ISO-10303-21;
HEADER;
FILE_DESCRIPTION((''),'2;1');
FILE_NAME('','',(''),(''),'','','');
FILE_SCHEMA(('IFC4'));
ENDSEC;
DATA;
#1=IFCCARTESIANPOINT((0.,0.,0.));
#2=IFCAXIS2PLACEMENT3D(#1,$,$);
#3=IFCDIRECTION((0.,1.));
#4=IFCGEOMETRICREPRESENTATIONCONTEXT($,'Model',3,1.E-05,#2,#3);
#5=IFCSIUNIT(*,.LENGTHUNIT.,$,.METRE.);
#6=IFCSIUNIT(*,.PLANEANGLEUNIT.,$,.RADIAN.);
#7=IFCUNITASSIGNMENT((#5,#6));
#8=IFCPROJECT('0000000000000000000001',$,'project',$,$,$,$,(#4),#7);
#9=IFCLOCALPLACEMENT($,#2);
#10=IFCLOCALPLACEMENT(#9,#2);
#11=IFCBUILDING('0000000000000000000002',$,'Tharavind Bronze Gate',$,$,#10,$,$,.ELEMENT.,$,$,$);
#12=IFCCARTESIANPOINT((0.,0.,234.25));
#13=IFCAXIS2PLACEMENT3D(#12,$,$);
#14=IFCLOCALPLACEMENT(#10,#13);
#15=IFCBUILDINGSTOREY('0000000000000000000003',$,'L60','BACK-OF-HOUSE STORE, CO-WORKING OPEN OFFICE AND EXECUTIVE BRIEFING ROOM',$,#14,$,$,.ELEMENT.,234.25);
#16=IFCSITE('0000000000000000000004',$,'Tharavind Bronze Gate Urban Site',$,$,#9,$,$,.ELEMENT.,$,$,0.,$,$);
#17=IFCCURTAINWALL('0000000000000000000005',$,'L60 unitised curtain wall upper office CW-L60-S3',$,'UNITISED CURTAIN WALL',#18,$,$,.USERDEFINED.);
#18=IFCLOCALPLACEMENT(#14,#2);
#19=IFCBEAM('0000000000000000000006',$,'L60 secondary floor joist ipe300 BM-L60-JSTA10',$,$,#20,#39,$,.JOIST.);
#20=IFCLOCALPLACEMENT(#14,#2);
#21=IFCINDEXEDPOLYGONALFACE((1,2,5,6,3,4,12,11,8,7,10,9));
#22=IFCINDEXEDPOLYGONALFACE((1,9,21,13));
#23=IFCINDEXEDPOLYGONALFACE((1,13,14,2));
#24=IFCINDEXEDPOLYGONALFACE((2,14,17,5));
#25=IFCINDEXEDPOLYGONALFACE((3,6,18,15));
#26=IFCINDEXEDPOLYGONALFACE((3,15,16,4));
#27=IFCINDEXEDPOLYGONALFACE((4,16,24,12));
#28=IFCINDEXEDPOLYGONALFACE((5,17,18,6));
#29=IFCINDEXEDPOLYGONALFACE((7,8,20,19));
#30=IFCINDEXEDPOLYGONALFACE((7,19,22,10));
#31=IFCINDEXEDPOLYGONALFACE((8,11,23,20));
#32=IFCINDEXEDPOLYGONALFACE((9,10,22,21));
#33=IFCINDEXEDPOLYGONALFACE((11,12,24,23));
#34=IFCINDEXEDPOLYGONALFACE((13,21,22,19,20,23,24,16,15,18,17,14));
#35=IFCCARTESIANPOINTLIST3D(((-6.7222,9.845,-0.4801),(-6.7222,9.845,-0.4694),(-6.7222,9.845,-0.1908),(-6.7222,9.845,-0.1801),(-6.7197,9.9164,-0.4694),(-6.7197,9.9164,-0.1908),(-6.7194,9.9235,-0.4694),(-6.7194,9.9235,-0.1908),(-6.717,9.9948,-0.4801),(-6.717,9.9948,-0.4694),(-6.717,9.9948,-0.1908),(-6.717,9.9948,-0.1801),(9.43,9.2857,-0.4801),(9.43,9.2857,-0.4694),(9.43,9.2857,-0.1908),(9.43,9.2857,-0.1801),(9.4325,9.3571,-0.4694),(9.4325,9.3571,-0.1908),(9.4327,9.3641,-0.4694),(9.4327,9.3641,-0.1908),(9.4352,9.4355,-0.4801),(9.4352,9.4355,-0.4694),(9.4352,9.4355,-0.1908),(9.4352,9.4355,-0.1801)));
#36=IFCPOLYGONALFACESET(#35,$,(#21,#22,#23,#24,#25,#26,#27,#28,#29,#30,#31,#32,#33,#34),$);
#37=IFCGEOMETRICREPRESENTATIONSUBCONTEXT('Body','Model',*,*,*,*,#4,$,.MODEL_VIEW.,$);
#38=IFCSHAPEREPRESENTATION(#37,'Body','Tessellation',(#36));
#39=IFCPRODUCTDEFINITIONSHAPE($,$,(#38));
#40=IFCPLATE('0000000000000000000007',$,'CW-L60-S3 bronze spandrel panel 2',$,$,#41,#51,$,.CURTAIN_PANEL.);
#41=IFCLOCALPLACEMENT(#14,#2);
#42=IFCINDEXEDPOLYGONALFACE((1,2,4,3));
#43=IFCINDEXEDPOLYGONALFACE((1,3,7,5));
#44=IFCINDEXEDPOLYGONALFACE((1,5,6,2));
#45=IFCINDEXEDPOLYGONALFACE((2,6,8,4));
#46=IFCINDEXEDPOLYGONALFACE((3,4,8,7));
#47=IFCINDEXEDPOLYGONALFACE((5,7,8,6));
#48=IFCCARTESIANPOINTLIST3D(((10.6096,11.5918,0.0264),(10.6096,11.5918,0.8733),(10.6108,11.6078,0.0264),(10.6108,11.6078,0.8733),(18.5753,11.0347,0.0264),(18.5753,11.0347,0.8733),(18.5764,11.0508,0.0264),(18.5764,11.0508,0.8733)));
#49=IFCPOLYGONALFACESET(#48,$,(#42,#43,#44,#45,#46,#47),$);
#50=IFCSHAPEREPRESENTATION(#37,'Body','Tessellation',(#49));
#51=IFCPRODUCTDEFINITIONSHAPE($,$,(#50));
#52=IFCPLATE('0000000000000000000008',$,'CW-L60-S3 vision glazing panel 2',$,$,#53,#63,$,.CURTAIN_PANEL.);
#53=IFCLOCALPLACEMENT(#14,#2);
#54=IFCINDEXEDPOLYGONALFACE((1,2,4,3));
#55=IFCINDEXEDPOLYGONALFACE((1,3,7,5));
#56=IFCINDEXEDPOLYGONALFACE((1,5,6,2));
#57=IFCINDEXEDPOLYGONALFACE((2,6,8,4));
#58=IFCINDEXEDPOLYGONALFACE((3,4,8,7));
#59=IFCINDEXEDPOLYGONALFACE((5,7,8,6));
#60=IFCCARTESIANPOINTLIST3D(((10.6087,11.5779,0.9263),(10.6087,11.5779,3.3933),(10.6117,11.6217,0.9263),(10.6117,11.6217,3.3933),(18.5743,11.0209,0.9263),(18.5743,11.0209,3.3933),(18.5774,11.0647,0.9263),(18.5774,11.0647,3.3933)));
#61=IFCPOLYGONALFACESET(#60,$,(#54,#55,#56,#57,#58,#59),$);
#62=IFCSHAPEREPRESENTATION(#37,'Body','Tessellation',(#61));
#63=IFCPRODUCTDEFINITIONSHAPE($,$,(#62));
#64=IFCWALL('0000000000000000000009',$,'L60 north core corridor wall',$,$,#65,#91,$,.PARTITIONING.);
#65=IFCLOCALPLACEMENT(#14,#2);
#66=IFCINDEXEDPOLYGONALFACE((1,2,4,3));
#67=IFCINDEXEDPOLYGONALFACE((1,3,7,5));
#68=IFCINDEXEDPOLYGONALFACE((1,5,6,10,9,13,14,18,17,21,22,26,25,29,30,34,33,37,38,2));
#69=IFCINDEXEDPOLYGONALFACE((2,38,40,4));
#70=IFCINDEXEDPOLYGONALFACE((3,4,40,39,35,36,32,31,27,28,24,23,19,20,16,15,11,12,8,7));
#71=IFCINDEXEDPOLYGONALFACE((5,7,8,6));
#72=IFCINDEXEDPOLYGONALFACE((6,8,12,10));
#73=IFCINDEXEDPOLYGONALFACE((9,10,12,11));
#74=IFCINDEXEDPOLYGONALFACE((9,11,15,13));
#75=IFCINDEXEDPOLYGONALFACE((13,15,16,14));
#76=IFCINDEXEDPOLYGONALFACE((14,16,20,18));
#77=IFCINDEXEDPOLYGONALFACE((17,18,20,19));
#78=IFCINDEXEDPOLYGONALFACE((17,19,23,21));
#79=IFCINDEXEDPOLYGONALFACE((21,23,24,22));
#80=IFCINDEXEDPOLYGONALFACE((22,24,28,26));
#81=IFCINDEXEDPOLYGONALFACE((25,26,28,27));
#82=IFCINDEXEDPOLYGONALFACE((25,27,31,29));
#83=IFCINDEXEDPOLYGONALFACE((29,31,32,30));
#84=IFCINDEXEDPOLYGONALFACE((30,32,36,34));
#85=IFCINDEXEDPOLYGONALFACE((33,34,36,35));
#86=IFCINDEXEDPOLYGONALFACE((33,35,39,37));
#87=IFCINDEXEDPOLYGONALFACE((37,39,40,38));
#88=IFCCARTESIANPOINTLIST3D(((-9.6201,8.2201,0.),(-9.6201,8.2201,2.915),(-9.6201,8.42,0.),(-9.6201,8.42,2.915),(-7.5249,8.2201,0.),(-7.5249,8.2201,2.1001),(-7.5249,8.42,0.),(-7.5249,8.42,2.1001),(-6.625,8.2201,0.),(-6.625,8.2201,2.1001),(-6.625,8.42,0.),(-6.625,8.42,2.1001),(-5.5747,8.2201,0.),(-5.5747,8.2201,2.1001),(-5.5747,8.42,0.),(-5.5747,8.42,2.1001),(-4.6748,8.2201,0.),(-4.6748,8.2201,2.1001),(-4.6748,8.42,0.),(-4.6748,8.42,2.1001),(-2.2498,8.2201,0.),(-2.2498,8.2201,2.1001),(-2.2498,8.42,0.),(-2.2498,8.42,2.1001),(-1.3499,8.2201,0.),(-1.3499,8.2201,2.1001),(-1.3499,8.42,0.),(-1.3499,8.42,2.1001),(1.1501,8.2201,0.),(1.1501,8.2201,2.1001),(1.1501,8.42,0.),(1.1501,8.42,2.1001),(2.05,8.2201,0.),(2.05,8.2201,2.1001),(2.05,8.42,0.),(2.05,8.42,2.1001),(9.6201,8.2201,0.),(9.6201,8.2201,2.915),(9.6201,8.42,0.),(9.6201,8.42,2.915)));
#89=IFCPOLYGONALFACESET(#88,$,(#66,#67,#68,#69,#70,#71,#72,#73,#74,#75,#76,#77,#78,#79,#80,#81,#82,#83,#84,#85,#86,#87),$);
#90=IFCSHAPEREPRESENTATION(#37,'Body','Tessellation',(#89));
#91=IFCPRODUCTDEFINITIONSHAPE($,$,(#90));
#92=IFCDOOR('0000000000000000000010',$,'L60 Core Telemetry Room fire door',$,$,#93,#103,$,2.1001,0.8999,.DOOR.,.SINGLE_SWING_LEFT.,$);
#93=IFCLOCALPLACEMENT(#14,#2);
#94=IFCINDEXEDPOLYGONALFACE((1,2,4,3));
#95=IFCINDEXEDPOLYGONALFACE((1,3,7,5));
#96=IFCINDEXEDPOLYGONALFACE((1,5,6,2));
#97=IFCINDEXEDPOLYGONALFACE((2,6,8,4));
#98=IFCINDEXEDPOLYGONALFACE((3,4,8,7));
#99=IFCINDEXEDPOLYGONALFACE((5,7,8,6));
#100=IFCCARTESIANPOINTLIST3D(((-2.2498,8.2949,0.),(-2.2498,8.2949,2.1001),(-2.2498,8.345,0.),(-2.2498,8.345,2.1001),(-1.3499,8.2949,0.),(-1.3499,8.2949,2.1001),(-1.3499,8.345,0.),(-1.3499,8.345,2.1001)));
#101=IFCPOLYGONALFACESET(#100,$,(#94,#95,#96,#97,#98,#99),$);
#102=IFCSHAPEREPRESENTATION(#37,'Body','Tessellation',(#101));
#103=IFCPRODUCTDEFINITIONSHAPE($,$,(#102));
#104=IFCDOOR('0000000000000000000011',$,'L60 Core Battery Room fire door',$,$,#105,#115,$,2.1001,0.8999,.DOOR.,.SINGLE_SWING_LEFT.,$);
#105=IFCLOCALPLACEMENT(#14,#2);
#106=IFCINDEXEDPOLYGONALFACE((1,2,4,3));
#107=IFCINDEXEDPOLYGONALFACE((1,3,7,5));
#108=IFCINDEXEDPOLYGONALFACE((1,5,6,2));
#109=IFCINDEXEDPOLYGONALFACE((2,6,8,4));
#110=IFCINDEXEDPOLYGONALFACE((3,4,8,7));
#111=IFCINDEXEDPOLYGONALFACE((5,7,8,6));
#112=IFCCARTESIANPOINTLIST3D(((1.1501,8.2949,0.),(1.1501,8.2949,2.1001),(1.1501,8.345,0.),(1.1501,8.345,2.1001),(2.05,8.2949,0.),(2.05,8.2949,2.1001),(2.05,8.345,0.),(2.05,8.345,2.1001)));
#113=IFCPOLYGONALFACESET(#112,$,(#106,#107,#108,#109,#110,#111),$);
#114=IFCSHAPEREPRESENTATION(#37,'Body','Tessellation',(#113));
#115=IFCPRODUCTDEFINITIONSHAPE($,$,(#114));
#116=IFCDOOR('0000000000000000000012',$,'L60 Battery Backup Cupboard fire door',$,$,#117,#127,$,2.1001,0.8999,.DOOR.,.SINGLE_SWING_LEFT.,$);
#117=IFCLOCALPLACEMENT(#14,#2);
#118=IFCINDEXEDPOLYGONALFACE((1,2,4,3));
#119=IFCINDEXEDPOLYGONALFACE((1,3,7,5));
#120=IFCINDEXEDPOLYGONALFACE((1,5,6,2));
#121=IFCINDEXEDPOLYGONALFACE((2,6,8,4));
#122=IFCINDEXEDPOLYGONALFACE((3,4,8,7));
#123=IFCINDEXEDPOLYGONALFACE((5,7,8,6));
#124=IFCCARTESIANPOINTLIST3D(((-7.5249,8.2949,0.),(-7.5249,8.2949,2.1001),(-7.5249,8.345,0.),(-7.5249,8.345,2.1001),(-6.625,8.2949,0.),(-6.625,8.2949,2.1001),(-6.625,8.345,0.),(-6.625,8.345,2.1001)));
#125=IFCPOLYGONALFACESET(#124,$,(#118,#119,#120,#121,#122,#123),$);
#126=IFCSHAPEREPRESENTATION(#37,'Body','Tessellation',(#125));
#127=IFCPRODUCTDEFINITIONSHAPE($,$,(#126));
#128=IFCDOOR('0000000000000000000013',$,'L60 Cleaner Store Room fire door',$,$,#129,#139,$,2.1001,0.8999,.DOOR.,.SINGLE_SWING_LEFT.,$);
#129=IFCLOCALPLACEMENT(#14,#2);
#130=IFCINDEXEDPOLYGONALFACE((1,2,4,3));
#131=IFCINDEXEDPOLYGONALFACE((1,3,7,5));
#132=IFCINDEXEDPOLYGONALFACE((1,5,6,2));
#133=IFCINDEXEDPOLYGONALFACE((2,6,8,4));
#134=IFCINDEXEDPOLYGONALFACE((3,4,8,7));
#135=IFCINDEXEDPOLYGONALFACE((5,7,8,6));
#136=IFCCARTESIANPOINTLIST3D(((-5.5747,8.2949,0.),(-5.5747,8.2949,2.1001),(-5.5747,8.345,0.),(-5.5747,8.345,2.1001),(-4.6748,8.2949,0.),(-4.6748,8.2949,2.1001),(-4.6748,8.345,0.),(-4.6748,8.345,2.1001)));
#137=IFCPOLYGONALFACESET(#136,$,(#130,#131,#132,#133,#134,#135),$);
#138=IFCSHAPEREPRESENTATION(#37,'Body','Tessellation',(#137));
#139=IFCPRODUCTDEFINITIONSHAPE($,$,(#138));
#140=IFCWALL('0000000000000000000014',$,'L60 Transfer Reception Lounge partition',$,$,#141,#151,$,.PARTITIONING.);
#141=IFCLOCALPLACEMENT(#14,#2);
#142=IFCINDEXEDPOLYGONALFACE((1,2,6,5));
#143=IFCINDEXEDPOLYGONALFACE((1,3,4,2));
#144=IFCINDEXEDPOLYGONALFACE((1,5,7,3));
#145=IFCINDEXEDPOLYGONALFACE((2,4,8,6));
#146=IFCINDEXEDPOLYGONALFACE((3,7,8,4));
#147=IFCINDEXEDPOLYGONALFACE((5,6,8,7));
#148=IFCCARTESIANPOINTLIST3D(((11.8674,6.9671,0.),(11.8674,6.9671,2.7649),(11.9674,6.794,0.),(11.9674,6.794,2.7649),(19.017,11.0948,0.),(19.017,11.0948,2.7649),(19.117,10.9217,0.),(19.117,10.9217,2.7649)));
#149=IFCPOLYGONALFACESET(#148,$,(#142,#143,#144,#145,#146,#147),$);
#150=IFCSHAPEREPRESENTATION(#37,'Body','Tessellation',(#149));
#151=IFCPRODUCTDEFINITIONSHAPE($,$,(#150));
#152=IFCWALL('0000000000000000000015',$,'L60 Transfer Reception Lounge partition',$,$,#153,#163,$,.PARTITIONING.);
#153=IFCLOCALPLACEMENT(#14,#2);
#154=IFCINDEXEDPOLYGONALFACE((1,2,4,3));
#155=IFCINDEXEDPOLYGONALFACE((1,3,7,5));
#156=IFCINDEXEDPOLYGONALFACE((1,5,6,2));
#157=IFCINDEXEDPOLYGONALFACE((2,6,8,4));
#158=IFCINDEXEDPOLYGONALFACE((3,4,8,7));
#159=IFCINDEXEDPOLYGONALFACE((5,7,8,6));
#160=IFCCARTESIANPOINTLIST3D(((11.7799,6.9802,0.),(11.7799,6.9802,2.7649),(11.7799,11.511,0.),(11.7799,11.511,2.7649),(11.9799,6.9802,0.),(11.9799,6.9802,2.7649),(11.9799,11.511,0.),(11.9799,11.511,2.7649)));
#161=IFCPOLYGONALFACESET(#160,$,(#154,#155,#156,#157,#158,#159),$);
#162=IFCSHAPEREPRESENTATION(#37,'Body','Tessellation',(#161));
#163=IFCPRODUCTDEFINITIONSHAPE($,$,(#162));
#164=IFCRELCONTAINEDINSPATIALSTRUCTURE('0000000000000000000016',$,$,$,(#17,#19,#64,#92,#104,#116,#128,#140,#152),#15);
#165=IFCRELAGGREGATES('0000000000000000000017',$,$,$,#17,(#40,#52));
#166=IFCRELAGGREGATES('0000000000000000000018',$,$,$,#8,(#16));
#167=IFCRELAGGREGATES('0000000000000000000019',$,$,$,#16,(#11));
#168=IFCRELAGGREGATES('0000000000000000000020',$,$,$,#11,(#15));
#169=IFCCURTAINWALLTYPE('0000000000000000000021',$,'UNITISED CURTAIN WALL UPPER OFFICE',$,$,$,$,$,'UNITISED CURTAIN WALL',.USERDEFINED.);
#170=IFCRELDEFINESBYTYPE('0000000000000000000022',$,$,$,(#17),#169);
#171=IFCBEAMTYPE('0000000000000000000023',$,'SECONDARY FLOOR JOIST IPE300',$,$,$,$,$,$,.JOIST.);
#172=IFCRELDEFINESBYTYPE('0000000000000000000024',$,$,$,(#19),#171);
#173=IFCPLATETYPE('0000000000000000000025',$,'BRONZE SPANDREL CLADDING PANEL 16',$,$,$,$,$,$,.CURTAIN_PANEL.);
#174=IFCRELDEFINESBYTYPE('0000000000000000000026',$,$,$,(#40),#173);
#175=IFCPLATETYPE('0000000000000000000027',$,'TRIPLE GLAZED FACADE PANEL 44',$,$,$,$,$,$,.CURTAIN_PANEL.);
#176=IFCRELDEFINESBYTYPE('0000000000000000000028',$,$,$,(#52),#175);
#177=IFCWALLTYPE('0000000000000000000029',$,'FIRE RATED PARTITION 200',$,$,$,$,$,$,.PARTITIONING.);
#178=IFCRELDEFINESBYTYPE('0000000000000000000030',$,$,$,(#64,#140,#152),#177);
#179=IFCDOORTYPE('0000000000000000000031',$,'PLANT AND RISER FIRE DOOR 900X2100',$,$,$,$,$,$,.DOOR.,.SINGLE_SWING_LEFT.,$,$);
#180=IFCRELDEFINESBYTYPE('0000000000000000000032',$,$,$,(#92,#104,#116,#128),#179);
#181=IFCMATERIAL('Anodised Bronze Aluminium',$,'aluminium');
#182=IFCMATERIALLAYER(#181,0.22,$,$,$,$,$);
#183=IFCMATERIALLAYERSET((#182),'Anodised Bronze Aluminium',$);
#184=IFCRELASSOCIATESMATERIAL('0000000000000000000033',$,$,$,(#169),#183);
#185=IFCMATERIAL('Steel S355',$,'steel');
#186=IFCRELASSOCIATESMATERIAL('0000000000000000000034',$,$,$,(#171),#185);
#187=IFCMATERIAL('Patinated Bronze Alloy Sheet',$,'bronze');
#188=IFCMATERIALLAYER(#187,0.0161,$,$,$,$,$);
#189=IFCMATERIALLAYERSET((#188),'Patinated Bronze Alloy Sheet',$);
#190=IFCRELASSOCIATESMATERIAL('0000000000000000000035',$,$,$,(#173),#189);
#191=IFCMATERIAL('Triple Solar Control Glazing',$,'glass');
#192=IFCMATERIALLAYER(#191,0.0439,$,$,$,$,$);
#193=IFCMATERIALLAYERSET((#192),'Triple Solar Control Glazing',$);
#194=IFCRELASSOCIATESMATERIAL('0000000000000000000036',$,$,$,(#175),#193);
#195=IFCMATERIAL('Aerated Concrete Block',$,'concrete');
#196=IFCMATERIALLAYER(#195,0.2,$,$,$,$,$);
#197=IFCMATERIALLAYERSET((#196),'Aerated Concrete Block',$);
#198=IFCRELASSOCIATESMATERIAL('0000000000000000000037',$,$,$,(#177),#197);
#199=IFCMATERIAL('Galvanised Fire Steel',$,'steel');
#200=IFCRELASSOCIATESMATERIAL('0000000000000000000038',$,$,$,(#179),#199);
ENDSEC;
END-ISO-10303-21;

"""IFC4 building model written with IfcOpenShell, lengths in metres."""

from ifc_helpers import new_model, si_unit, direction, frame, frame_2d, origin, origin_2d, place, context, subcontext, project, spatial, rectangle, i_section, extrude, material, layer, layer_set, material_profile, profile_set, type_object, element, fill, aggregate, save


model = new_model("IFC4")

# Units and contexts
model_context = context("Model", 3, precision=1e-05, world=origin(), true_north=direction((0.0, 1.0)))
body_context = subcontext(model_context, "Body", "Model", "MODEL_VIEW")
ifc_project = project(units=[si_unit("LENGTHUNIT", "METRE"), si_unit("PLANEANGLEUNIT", "RADIAN")], contexts=[model_context])

# Site, building, storey
site_placement = place(None, origin())
site = spatial("IfcSite", under=ifc_project, at=site_placement, Name="Tharavind Bronze Gate Urban Site", CompositionType="ELEMENT", RefElevation=0.0)
building_placement = place(site_placement, origin())
building = spatial("IfcBuilding", under=site, at=building_placement, Name="Tharavind Bronze Gate", CompositionType="ELEMENT")
storey_placement = place(building_placement, frame((0.0, 0.0, 234.25)))
storey = spatial("IfcBuildingStorey", under=building, at=storey_placement, Name="L60", Description="BACK-OF-HOUSE STORE, CO-WORKING OPEN OFFICE AND EXECUTIVE BRIEFING ROOM", CompositionType="ELEMENT", Elevation=234.25)

# Curtain wall
ifc_material_1 = material(Name="Anodised Bronze Aluminium", Category="aluminium")
ifc_layer_1 = layer(ifc_material_1, 0.22)
ifc_layer_set_1 = layer_set([ifc_layer_1], Name="Anodised Bronze Aluminium")
curtain_wall_type = type_object("IfcCurtainWallType", Name="UNITISED CURTAIN WALL UPPER OFFICE", ElementType="UNITISED CURTAIN WALL", PredefinedType="USERDEFINED", material=ifc_layer_set_1)
curtain_wall_placement = place(storey_placement, origin())
curtain_wall = element("IfcCurtainWall", 1, at=curtain_wall_placement, inside=storey, type_object=curtain_wall_type, Name="L60 unitised curtain wall upper office CW-L60-S3", ObjectType="UNITISED CURTAIN WALL", PredefinedType="USERDEFINED")

# Beam
ifc_material_2 = material(Name="Steel S355", Category="steel")
ifc_material_profile_1 = material_profile(ifc_material_2, i_section(OverallWidth=0.1499, OverallDepth=0.3, WebThickness=0.0071, FlangeThickness=0.0107, at=origin_2d()), Name="IPE300")
ifc_profile_set_1 = profile_set([ifc_material_profile_1], Name="Steel S355")
beam_type_1 = type_object("IfcBeamType", Name="SECONDARY FLOOR JOIST IPE300", PredefinedType="JOIST", material=ifc_profile_set_1)
beam_1_placement = place(storey_placement, frame((9.4326, 9.3606, -0.3301), z_axis=(-0.999401, 0.034608, 0.0), x_axis=(-0.034608, -0.999401, 0.0)))
element("IfcBeam", 2, at=beam_1_placement, inside=storey, type_object=beam_type_1, Name="L60 secondary floor joist ipe300 BM-L60-JSTA10", PredefinedType="JOIST", context=body_context, shape_type="SweptSolid", body=[
    extrude(i_section(OverallWidth=0.1499, OverallDepth=0.3, WebThickness=0.0071, FlangeThickness=0.0107, at=origin_2d()), origin(), (0.0, 0.0, 1.0), 16.1619),
])

# Plates
ifc_material_3 = material(Name="Patinated Bronze Alloy Sheet", Category="bronze")
ifc_layer_2 = layer(ifc_material_3, 0.0161)
ifc_layer_set_2 = layer_set([ifc_layer_2], Name="Patinated Bronze Alloy Sheet")
plate_type_1 = type_object("IfcPlateType", Name="BRONZE SPANDREL CLADDING PANEL 16", PredefinedType="CURTAIN_PANEL", material=ifc_layer_set_2)
plate_1_placement = place(storey_placement, frame((14.593, 11.3213, 0.0264), z_axis=(0.0, 0.0, 1.0), x_axis=(-0.997564, 0.069758, 0.0)))
plate_1 = element("IfcPlate", 3, at=plate_1_placement, type_object=plate_type_1, Name="CW-L60-S3 bronze spandrel panel 2", PredefinedType="CURTAIN_PANEL", context=body_context, shape_type="SweptSolid", body=[
    extrude(rectangle(XDim=7.9851, YDim=0.0161, at=origin_2d()), origin(), (0.0, 0.0, 1.0), 0.8469),
])
ifc_material_4 = material(Name="Triple Solar Control Glazing", Category="glass")
ifc_layer_3 = layer(ifc_material_4, 0.0439)
ifc_layer_set_3 = layer_set([ifc_layer_3], Name="Triple Solar Control Glazing")
plate_type_2 = type_object("IfcPlateType", Name="TRIPLE GLAZED FACADE PANEL 44", PredefinedType="CURTAIN_PANEL", material=ifc_layer_set_3)
plate_2_placement = place(storey_placement, frame((14.593, 11.3213, 0.9263), z_axis=(0.0, 0.0, 1.0), x_axis=(-0.997564, 0.069758, 0.0)))
plate_2 = element("IfcPlate", 4, at=plate_2_placement, type_object=plate_type_2, Name="CW-L60-S3 vision glazing panel 2", PredefinedType="CURTAIN_PANEL", context=body_context, shape_type="SweptSolid", body=[
    extrude(rectangle(XDim=7.9851, YDim=0.0439, at=origin_2d()), origin(), (0.0, 0.0, 1.0), 2.467),
])
aggregate(curtain_wall, [plate_1, plate_2])

# Wall, openings, doors
ifc_material_5 = material(Name="Aerated Concrete Block", Category="concrete")
ifc_layer_4 = layer(ifc_material_5, 0.2)
ifc_layer_set_4 = layer_set([ifc_layer_4], Name="Aerated Concrete Block")
wall_type = type_object("IfcWallType", Name="FIRE RATED PARTITION 200", PredefinedType="PARTITIONING", material=ifc_layer_set_4)
wall_1_placement = place(storey_placement, frame((9.6201, 8.3201, 0.0), z_axis=(0.0, 0.0, 1.0), x_axis=(-1.0, 0.0, 0.0)))
wall_1 = element("IfcWall", 5, at=wall_1_placement, inside=storey, type_object=wall_type, Name="L60 north core corridor wall", PredefinedType="PARTITIONING", context=body_context, shape_type="SweptSolid", body=[
    extrude(rectangle(XDim=19.2402, YDim=0.2, at=frame_2d((9.6201, 0.0))), origin(), (0.0, 0.0, 1.0), 2.915),
])
opening_1_placement = place(wall_1_placement, frame((10.97, 0.0, 0.0)))
opening_1 = element("IfcOpeningElement", 6, at=opening_1_placement, cuts=wall_1, PredefinedType="OPENING", context=body_context, shape_type="SweptSolid", body=[
    extrude(rectangle(XDim=0.8999, YDim=2.1001, at=frame_2d((0.45, 1.05))), frame((0.0, 0.1101, 0.0), z_axis=(0.0, -1.0, 0.0), x_axis=(1.0, 0.0, 0.0)), (0.0, 0.0, 1.0), 0.22),
])
opening_2_placement = place(wall_1_placement, frame((7.5701, 0.0, 0.0)))
opening_2 = element("IfcOpeningElement", 7, at=opening_2_placement, cuts=wall_1, PredefinedType="OPENING", context=body_context, shape_type="SweptSolid", body=[
    extrude(rectangle(XDim=0.8999, YDim=2.1001, at=frame_2d((0.45, 1.05))), frame((0.0, 0.1101, 0.0), z_axis=(0.0, -1.0, 0.0), x_axis=(1.0, 0.0, 0.0)), (0.0, 0.0, 1.0), 0.22),
])
opening_3_placement = place(wall_1_placement, frame((16.2451, 0.0, 0.0)))
opening_3 = element("IfcOpeningElement", 8, at=opening_3_placement, cuts=wall_1, PredefinedType="OPENING", context=body_context, shape_type="SweptSolid", body=[
    extrude(rectangle(XDim=0.8999, YDim=2.1001, at=frame_2d((0.45, 1.05))), frame((0.0, 0.1101, 0.0), z_axis=(0.0, -1.0, 0.0), x_axis=(1.0, 0.0, 0.0)), (0.0, 0.0, 1.0), 0.22),
])
opening_4_placement = place(wall_1_placement, frame((14.2949, 0.0, 0.0)))
opening_4 = element("IfcOpeningElement", 9, at=opening_4_placement, cuts=wall_1, PredefinedType="OPENING", context=body_context, shape_type="SweptSolid", body=[
    extrude(rectangle(XDim=0.8999, YDim=2.1001, at=frame_2d((0.45, 1.05))), frame((0.0, 0.1101, 0.0), z_axis=(0.0, -1.0, 0.0), x_axis=(1.0, 0.0, 0.0)), (0.0, 0.0, 1.0), 0.22),
])
ifc_material_6 = material(Name="Galvanised Fire Steel", Category="steel")
door_type_1 = type_object("IfcDoorType", Name="PLANT AND RISER FIRE DOOR 900X2100", OperationType="SINGLE_SWING_LEFT", PredefinedType="DOOR", material=ifc_material_6)
door_1_placement = place(opening_1_placement, frame((0.8999, 0.0, 0.0), z_axis=(0.0, 0.0, 1.0), x_axis=(-1.0, 0.0, 0.0)))
door_1 = element("IfcDoor", 10, at=door_1_placement, inside=storey, type_object=door_type_1, Name="L60 Core Telemetry Room fire door", OperationType="SINGLE_SWING_LEFT", OverallHeight=2.1001, OverallWidth=0.8999, PredefinedType="DOOR", context=body_context, shape_type="SweptSolid", body=[
    extrude(rectangle(XDim=0.8999, YDim=2.1001, at=frame_2d((0.45, 1.05))), frame((0.0, 0.0249, 0.0), z_axis=(0.0, -1.0, 0.0), x_axis=(1.0, 0.0, 0.0)), (0.0, 0.0, 1.0), 0.05),
])
fill(opening_1, door_1)
door_2_placement = place(opening_2_placement, frame((0.8999, 0.0, 0.0), z_axis=(0.0, 0.0, 1.0), x_axis=(-1.0, 0.0, 0.0)))
door_2 = element("IfcDoor", 11, at=door_2_placement, inside=storey, type_object=door_type_1, Name="L60 Core Battery Room fire door", OperationType="SINGLE_SWING_LEFT", OverallHeight=2.1001, OverallWidth=0.8999, PredefinedType="DOOR", context=body_context, shape_type="SweptSolid", body=[
    extrude(rectangle(XDim=0.8999, YDim=2.1001, at=frame_2d((0.45, 1.05))), frame((0.0, 0.0249, 0.0), z_axis=(0.0, -1.0, 0.0), x_axis=(1.0, 0.0, 0.0)), (0.0, 0.0, 1.0), 0.05),
])
fill(opening_2, door_2)
door_3_placement = place(opening_3_placement, frame((0.8999, 0.0, 0.0), z_axis=(0.0, 0.0, 1.0), x_axis=(-1.0, 0.0, 0.0)))
door_3 = element("IfcDoor", 12, at=door_3_placement, inside=storey, type_object=door_type_1, Name="L60 Battery Backup Cupboard fire door", OperationType="SINGLE_SWING_LEFT", OverallHeight=2.1001, OverallWidth=0.8999, PredefinedType="DOOR", context=body_context, shape_type="SweptSolid", body=[
    extrude(rectangle(XDim=0.8999, YDim=2.1001, at=frame_2d((0.45, 1.05))), frame((0.0, 0.0249, 0.0), z_axis=(0.0, -1.0, 0.0), x_axis=(1.0, 0.0, 0.0)), (0.0, 0.0, 1.0), 0.05),
])
fill(opening_3, door_3)
door_4_placement = place(opening_4_placement, frame((0.8999, 0.0, 0.0), z_axis=(0.0, 0.0, 1.0), x_axis=(-1.0, 0.0, 0.0)))
door_4 = element("IfcDoor", 13, at=door_4_placement, inside=storey, type_object=door_type_1, Name="L60 Cleaner Store Room fire door", OperationType="SINGLE_SWING_LEFT", OverallHeight=2.1001, OverallWidth=0.8999, PredefinedType="DOOR", context=body_context, shape_type="SweptSolid", body=[
    extrude(rectangle(XDim=0.8999, YDim=2.1001, at=frame_2d((0.45, 1.05))), frame((0.0, 0.0249, 0.0), z_axis=(0.0, -1.0, 0.0), x_axis=(1.0, 0.0, 0.0)), (0.0, 0.0, 1.0), 0.05),
])
fill(opening_4, door_4)

# Walls
wall_2_placement = place(storey_placement, frame((19.0671, 11.0083, 0.0), z_axis=(0.0, 0.0, 1.0), x_axis=(-0.866034, -0.499984, 0.0)))
element("IfcWall", 14, at=wall_2_placement, inside=storey, type_object=wall_type, Name="L60 Transfer Reception Lounge partition", PredefinedType="PARTITIONING", context=body_context, shape_type="SweptSolid", body=[
    extrude(rectangle(XDim=8.2556, YDim=0.2, at=frame_2d((4.1279, 0.0))), origin(), (0.0, 0.0, 1.0), 2.7649),
])
wall_3_placement = place(storey_placement, frame((11.8799, 6.9802, 0.0), z_axis=(0.0, 0.0, 1.0), x_axis=(0.0, 1.0, 0.0)))
element("IfcWall", 15, at=wall_3_placement, inside=storey, type_object=wall_type, Name="L60 Transfer Reception Lounge partition", PredefinedType="PARTITIONING", context=body_context, shape_type="SweptSolid", body=[
    extrude(rectangle(XDim=4.5308, YDim=0.2, at=frame_2d((2.2654, 0.0))), origin(), (0.0, 0.0, 1.0), 2.7649),
])

save(model, "model.ifc")
